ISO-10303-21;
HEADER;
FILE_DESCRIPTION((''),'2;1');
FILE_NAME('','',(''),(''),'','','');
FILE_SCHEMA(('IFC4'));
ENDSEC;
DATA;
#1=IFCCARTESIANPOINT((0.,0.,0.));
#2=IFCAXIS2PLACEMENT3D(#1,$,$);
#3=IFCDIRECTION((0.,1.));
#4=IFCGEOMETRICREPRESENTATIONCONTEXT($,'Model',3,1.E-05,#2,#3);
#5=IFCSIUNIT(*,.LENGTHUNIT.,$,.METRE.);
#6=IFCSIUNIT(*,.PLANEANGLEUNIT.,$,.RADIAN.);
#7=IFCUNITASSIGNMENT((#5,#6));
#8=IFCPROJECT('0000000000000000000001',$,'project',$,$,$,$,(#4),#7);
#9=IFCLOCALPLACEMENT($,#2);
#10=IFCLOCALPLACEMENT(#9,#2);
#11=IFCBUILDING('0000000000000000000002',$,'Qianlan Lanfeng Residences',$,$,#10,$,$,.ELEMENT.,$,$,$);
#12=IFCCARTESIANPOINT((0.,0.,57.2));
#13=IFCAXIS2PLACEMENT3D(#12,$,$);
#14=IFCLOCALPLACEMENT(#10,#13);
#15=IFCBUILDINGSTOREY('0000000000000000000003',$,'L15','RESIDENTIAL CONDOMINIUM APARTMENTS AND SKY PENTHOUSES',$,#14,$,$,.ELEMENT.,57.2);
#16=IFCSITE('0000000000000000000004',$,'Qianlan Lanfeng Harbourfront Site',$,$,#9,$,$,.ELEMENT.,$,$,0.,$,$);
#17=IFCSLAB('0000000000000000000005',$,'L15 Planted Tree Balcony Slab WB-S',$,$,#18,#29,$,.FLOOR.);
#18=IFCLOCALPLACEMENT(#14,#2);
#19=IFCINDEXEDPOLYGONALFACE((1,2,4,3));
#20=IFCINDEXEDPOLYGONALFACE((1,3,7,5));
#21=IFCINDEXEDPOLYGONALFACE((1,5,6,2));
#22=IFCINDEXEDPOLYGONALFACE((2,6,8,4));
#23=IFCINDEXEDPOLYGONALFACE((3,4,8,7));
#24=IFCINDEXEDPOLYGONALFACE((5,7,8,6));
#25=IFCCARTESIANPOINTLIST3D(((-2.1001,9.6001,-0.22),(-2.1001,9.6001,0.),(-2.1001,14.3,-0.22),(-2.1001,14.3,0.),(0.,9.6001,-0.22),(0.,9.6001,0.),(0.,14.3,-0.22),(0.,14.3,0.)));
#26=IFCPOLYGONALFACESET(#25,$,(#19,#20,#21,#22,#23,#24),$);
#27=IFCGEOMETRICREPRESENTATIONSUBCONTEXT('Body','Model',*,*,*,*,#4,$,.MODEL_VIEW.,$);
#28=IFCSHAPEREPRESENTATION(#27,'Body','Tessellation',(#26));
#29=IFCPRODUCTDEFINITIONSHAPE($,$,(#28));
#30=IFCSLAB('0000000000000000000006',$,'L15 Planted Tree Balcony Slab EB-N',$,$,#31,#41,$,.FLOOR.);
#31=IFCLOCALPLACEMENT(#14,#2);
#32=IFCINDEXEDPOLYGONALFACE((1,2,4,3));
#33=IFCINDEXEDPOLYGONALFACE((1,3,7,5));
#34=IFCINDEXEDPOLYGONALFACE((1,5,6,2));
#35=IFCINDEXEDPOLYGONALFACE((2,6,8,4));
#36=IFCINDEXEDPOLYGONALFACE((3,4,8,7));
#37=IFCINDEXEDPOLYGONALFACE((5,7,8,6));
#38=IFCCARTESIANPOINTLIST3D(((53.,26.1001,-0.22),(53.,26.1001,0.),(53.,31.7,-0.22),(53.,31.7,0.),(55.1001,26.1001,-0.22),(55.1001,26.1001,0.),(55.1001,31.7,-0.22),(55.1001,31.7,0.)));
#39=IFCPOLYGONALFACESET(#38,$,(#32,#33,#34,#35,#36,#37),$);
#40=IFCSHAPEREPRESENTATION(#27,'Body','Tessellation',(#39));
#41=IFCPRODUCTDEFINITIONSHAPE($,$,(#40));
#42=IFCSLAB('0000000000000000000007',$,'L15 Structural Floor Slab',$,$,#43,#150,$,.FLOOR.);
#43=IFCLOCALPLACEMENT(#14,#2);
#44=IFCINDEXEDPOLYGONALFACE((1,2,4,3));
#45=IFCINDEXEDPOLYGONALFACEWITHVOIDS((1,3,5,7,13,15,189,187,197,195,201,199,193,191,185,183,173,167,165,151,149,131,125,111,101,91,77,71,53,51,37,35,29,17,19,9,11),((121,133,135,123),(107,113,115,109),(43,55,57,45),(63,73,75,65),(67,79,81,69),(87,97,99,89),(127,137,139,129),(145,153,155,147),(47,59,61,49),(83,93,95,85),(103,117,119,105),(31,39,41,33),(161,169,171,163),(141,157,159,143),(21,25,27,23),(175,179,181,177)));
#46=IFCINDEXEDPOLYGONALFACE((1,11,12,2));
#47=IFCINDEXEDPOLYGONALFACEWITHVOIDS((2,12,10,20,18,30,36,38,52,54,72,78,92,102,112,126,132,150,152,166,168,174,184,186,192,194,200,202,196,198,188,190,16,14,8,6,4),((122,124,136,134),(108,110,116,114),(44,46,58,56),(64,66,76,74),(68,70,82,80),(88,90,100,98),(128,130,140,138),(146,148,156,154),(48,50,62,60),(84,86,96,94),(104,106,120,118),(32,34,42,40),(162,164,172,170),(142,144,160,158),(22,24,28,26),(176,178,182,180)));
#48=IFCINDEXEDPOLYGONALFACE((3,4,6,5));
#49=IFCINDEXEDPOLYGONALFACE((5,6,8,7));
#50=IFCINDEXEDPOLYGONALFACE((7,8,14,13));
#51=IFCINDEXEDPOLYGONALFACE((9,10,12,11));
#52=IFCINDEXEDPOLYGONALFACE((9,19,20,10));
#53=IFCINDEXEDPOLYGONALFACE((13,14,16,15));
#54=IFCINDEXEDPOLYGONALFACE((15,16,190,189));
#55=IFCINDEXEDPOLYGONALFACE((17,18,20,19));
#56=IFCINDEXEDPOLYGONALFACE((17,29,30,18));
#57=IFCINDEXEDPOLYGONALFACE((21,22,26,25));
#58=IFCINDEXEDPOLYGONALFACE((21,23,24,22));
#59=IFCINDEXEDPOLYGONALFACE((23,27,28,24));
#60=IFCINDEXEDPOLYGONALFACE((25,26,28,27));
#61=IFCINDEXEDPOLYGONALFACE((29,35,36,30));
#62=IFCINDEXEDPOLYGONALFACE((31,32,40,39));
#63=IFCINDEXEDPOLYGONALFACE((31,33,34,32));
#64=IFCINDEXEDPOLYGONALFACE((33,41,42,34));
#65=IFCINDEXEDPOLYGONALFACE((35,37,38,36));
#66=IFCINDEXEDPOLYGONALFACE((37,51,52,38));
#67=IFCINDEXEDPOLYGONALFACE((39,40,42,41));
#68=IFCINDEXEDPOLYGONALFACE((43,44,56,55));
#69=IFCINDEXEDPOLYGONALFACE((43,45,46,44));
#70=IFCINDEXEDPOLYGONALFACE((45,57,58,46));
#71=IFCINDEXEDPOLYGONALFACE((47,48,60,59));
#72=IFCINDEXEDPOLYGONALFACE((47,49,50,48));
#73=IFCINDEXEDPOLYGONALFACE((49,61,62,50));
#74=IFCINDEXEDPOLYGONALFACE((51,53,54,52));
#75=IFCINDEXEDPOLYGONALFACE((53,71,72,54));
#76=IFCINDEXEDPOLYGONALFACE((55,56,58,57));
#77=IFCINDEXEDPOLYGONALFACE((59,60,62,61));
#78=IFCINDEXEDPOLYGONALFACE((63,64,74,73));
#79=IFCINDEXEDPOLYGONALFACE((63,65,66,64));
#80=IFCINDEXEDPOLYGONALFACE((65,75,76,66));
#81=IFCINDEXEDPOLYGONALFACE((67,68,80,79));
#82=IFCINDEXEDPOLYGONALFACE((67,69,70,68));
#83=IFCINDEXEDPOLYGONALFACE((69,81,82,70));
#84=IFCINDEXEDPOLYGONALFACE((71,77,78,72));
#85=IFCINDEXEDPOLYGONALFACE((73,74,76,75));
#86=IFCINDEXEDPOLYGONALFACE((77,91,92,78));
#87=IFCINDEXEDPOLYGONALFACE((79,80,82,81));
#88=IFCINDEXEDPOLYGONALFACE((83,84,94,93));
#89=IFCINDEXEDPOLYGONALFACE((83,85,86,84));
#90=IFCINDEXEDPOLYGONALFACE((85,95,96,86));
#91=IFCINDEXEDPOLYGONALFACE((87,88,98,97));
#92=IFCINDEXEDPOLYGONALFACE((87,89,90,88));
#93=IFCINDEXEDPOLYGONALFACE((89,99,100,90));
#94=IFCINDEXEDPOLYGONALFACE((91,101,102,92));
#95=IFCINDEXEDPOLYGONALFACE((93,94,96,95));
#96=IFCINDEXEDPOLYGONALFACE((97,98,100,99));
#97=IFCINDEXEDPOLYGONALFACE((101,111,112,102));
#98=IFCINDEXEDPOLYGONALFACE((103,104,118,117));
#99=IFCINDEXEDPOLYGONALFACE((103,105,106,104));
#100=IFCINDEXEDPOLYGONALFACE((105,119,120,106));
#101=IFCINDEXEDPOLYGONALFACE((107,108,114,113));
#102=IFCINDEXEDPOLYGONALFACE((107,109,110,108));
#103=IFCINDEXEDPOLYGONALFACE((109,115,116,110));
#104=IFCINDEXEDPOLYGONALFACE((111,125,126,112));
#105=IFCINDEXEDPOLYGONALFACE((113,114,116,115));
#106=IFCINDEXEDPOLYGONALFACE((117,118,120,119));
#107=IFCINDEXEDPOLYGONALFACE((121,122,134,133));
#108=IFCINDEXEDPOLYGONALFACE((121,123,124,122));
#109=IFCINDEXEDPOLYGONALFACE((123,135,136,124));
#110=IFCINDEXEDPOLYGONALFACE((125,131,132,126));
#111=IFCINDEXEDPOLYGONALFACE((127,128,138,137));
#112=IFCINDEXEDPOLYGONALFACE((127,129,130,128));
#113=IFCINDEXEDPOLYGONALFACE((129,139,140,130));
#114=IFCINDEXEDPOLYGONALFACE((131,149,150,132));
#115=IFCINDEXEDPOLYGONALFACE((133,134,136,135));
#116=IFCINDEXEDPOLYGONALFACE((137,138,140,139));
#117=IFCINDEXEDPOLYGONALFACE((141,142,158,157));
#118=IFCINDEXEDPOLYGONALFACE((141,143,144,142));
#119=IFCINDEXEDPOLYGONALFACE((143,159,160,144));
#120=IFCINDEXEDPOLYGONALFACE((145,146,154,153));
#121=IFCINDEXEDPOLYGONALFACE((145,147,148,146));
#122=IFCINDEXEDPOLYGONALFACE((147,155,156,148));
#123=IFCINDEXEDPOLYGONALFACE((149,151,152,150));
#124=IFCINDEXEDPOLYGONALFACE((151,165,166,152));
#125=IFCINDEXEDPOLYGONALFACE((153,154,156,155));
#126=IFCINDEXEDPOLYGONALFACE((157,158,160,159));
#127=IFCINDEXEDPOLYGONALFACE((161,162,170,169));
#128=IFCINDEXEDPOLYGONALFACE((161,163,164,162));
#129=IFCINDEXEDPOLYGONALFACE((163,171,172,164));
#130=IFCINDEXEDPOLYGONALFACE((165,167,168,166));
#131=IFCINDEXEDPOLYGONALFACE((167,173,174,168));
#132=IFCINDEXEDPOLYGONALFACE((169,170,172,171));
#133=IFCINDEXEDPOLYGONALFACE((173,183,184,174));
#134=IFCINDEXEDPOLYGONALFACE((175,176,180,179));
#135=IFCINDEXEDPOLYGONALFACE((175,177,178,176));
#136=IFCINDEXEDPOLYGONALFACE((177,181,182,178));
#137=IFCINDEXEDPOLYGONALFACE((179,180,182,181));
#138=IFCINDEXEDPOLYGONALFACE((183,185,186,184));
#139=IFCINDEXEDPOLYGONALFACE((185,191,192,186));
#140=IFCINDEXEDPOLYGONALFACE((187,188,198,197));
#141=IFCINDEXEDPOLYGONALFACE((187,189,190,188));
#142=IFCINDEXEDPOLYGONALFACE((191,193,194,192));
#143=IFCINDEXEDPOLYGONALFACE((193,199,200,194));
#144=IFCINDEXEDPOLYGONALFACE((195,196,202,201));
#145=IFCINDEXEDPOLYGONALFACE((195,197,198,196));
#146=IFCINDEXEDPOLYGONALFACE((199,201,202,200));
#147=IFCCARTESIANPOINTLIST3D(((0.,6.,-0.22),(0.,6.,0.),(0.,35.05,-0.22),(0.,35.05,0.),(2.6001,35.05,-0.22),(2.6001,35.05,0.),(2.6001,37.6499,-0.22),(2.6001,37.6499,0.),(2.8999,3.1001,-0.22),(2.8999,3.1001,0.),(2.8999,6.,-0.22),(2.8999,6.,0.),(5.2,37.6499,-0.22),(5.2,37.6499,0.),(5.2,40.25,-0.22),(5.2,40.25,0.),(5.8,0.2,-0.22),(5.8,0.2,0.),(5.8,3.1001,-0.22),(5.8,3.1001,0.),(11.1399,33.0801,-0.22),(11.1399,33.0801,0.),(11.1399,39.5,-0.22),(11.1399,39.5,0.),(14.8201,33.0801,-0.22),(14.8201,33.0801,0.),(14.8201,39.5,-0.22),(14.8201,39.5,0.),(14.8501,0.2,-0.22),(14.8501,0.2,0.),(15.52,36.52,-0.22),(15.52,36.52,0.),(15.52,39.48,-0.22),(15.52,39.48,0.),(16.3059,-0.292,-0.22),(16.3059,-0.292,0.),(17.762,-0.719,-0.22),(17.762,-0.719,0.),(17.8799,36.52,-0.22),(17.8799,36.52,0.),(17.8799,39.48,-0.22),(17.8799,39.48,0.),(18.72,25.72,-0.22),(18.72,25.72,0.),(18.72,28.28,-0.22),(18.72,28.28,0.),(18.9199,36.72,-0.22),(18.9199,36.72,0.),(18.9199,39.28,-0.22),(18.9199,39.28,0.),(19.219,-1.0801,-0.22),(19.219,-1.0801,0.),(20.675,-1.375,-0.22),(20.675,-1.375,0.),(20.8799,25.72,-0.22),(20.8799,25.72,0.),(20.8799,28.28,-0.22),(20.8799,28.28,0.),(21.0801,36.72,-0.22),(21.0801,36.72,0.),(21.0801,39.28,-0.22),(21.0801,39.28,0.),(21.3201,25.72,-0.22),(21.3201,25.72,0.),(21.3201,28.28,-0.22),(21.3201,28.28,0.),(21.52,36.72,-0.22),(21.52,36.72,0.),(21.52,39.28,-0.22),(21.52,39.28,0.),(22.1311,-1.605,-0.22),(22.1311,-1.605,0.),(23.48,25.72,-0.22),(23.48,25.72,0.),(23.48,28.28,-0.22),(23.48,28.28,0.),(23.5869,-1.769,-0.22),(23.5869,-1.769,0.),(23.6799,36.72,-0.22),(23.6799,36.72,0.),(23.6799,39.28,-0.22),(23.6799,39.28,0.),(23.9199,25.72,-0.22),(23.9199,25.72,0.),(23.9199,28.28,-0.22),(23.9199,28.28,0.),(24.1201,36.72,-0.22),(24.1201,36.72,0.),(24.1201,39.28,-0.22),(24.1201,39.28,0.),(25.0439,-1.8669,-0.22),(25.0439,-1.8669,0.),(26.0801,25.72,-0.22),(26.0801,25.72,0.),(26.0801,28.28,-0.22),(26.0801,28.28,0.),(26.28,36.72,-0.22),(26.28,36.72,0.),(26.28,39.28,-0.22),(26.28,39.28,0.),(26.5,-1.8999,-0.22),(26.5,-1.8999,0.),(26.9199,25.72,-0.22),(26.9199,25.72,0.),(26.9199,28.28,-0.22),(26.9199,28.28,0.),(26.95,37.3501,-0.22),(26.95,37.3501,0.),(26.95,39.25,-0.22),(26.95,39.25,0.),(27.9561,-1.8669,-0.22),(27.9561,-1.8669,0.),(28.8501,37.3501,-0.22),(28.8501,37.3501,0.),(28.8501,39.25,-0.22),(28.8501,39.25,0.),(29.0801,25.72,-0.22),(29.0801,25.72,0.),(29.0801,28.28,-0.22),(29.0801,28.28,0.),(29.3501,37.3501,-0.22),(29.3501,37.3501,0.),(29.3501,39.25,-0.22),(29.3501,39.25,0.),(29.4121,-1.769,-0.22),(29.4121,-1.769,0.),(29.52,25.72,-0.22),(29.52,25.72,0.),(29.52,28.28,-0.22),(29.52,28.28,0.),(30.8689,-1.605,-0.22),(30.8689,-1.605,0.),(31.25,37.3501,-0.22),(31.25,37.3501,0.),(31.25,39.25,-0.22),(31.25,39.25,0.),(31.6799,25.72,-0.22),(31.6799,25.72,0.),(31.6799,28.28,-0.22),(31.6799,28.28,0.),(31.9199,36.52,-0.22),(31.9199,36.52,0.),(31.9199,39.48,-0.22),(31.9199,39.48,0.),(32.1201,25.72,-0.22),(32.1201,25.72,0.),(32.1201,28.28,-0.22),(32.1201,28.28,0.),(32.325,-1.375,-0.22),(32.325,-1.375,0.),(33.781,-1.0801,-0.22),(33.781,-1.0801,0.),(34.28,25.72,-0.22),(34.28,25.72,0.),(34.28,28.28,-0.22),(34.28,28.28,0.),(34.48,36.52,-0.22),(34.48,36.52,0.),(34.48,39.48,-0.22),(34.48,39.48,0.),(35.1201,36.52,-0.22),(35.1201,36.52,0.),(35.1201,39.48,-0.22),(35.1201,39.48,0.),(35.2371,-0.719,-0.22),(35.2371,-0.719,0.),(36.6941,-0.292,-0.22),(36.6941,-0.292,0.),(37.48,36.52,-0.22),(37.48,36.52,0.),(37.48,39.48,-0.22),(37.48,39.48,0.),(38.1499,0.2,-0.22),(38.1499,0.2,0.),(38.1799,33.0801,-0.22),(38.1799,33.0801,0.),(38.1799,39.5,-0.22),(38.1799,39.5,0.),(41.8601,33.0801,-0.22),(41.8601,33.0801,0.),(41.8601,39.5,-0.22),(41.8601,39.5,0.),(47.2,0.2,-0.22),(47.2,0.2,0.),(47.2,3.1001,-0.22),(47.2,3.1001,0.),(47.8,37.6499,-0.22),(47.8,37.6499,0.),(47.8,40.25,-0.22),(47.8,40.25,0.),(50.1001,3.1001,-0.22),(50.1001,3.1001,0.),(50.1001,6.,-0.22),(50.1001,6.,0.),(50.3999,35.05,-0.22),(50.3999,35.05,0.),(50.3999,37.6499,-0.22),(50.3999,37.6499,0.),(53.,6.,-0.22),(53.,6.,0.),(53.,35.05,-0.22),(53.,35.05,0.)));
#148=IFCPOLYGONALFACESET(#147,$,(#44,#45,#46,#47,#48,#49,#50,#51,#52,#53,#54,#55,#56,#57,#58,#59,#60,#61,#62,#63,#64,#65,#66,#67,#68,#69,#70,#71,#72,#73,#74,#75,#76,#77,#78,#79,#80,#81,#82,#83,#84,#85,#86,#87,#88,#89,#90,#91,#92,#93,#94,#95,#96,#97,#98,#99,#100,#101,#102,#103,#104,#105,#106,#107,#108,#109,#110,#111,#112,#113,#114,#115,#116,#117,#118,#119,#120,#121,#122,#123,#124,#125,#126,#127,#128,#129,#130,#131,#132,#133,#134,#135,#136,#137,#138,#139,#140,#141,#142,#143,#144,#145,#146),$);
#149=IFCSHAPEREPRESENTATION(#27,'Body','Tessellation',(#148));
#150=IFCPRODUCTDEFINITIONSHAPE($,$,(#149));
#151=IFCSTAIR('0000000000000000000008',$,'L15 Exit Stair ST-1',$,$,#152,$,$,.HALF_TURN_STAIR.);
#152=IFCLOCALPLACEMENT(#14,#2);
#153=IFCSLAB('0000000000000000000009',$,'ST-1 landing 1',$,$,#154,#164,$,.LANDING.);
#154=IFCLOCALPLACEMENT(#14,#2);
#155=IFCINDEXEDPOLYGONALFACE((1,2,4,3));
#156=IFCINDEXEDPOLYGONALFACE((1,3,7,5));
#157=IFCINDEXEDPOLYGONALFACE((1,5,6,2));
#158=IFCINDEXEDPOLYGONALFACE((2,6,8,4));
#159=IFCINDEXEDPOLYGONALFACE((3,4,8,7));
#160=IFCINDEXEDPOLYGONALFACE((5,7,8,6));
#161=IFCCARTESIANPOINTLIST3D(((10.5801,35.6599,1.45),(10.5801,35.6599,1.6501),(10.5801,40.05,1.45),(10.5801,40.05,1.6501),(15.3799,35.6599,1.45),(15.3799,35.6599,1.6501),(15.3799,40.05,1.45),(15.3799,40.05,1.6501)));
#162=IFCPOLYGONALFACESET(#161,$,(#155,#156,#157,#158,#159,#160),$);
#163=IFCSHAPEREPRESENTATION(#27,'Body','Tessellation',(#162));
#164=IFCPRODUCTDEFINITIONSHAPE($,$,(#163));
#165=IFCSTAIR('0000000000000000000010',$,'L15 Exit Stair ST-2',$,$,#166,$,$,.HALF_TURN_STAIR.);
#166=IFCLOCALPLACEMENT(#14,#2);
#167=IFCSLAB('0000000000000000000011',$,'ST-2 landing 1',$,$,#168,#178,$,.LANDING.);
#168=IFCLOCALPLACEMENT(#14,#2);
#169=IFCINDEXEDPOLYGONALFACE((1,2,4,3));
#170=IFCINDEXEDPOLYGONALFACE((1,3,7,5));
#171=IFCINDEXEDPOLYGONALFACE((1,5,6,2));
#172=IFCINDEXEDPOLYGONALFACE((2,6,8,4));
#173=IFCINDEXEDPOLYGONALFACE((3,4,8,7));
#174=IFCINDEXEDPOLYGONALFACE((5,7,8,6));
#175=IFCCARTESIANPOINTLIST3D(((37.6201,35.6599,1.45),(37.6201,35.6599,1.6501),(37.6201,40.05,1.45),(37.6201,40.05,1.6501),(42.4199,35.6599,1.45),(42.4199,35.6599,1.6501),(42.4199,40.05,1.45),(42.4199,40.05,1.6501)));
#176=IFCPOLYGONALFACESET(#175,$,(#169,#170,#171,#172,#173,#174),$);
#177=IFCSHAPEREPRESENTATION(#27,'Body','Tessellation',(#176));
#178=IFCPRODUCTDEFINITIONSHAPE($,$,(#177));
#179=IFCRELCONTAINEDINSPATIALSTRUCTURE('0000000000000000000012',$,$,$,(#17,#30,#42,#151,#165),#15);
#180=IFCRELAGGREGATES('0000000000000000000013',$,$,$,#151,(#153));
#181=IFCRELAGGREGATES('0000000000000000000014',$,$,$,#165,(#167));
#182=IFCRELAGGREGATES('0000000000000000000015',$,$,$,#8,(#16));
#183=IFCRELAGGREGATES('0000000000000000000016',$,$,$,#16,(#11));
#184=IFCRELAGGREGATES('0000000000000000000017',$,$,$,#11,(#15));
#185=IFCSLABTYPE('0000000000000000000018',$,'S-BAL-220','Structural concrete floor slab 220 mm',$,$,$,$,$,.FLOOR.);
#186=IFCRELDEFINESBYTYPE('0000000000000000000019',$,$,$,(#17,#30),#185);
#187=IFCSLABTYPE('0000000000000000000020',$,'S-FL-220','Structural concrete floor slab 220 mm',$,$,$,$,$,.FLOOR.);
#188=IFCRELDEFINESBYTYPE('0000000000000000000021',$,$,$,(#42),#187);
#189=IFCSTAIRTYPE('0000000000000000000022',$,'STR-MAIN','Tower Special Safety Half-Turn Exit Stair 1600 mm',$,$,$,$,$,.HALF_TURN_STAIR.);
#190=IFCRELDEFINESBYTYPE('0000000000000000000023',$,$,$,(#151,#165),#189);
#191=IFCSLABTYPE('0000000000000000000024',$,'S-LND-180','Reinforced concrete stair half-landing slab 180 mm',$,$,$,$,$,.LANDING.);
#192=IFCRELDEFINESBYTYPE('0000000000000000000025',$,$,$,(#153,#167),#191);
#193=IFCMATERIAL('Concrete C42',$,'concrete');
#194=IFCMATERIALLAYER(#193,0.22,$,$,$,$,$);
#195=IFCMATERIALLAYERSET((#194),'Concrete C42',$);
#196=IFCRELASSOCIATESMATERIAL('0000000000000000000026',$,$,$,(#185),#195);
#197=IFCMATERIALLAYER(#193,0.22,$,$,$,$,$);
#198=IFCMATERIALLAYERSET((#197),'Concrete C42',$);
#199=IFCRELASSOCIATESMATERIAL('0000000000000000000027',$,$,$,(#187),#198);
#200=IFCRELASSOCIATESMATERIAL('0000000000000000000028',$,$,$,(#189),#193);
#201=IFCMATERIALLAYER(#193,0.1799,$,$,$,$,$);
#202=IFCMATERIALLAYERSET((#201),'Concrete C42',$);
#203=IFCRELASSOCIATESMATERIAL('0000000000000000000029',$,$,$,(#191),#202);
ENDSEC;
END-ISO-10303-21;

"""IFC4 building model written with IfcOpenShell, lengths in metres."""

from ifc_helpers import new_model, si_unit, direction, frame, origin, place, context, subcontext, project, spatial, polyline, outline, extrude, material, layer, layer_set, type_object, element, aggregate, save


model = new_model("IFC4")

# Units and contexts
model_context = context("Model", 3, precision=1e-05, world=origin(), true_north=direction((0.0, 1.0)))
body_context = subcontext(model_context, "Body", "Model", "MODEL_VIEW")
ifc_project = project(units=[si_unit("LENGTHUNIT", "METRE"), si_unit("PLANEANGLEUNIT", "RADIAN")], contexts=[model_context])

# Site, building, storey
site_placement = place(None, origin())
site = spatial("IfcSite", under=ifc_project, at=site_placement, Name="Qianlan Lanfeng Harbourfront Site", CompositionType="ELEMENT", RefElevation=0.0)
building_placement = place(site_placement, origin())
building = spatial("IfcBuilding", under=site, at=building_placement, Name="Qianlan Lanfeng Residences", CompositionType="ELEMENT")
storey_placement = place(building_placement, frame((0.0, 0.0, 57.2)))
storey = spatial("IfcBuildingStorey", under=building, at=storey_placement, Name="L15", Description="RESIDENTIAL CONDOMINIUM APARTMENTS AND SKY PENTHOUSES", CompositionType="ELEMENT", Elevation=57.2)

# Slabs
ifc_material_1 = material(Name="Concrete C42", Category="concrete")
ifc_layer_1 = layer(ifc_material_1, 0.22)
ifc_layer_set_1 = layer_set([ifc_layer_1], Name="Concrete C42")
slab_type_1 = type_object("IfcSlabType", Name="S-BAL-220", Description="Structural concrete floor slab 220 mm", PredefinedType="FLOOR", material=ifc_layer_set_1)
slab_1_placement = place(storey_placement, frame((0.0, 0.0, -0.22)))
element("IfcSlab", 1, at=slab_1_placement, inside=storey, type_object=slab_type_1, Name="L15 Planted Tree Balcony Slab WB-S", PredefinedType="FLOOR", context=body_context, shape_type="SweptSolid", body=[
    extrude(outline(polyline([(0.0, 9.6001), (0.0, 14.3), (-2.1001, 14.3), (-2.1001, 9.6001), (0.0, 9.6001)])), origin(), (0.0, 0.0, 1.0), 0.22),
])
slab_2_placement = place(storey_placement, frame((0.0, 0.0, -0.22)))
element("IfcSlab", 2, at=slab_2_placement, inside=storey, type_object=slab_type_1, Name="L15 Planted Tree Balcony Slab EB-N", PredefinedType="FLOOR", context=body_context, shape_type="SweptSolid", body=[
    extrude(outline(polyline([(53.0, 31.7), (53.0, 26.1001), (55.1001, 26.1001), (55.1001, 31.7), (53.0, 31.7)])), origin(), (0.0, 0.0, 1.0), 0.22),
])
ifc_layer_2 = layer(ifc_material_1, 0.22)
ifc_layer_set_2 = layer_set([ifc_layer_2], Name="Concrete C42")
slab_type_2 = type_object("IfcSlabType", Name="S-FL-220", Description="Structural concrete floor slab 220 mm", PredefinedType="FLOOR", material=ifc_layer_set_2)
slab_3_placement = place(storey_placement, frame((0.0, 0.0, -0.22)))
element("IfcSlab", 3, at=slab_3_placement, inside=storey, type_object=slab_type_2, Name="L15 Structural Floor Slab", PredefinedType="FLOOR", context=body_context, shape_type="SweptSolid", body=[
    extrude(outline(polyline([(0.0, 6.0), (2.8999, 6.0), (2.8999, 3.1001), (5.8, 3.1001), (5.8, 0.2), (14.8501, 0.2), (16.3059, -0.292), (17.762, -0.719), (19.219, -1.0801), (20.675, -1.375), (22.1311, -1.605), (23.5869, -1.769), (25.0439, -1.8669), (26.5, -1.8999), (27.9561, -1.8669), (29.4121, -1.769), (30.8689, -1.605), (32.325, -1.375), (33.781, -1.0801), (35.2371, -0.719), (36.6941, -0.292), (38.1499, 0.2), (47.2, 0.2), (47.2, 3.1001), (50.1001, 3.1001), (50.1001, 6.0), (53.0, 6.0), (53.0, 35.05), (50.3999, 35.05), (50.3999, 37.6499), (47.8, 37.6499), (47.8, 40.25), (5.2, 40.25), (5.2, 37.6499), (2.6001, 37.6499), (2.6001, 35.05), (0.0, 35.05), (0.0, 6.0)]), holes=[polyline([(11.1399, 33.0801), (11.1399, 39.5), (14.8201, 39.5), (14.8201, 33.0801), (11.1399, 33.0801)]), polyline([(38.1799, 33.0801), (38.1799, 39.5), (41.8601, 39.5), (41.8601, 33.0801), (38.1799, 33.0801)]), polyline([(15.52, 36.52), (15.52, 39.48), (17.8799, 39.48), (17.8799, 36.52), (15.52, 36.52)]), polyline([(35.1201, 36.52), (35.1201, 39.48), (37.48, 39.48), (37.48, 36.52), (35.1201, 36.52)]), polyline([(31.9199, 36.52), (31.9199, 39.48), (34.48, 39.48), (34.48, 36.52), (31.9199, 36.52)]), polyline([(18.72, 25.72), (18.72, 28.28), (20.8799, 28.28), (20.8799, 25.72), (18.72, 25.72)]), polyline([(21.3201, 25.72), (21.3201, 28.28), (23.48, 28.28), (23.48, 25.72), (21.3201, 25.72)]), polyline([(23.9199, 25.72), (23.9199, 28.28), (26.0801, 28.28), (26.0801, 25.72), (23.9199, 25.72)]), polyline([(26.9199, 25.72), (26.9199, 28.28), (29.0801, 28.28), (29.0801, 25.72), (26.9199, 25.72)]), polyline([(29.52, 25.72), (29.52, 28.28), (31.6799, 28.28), (31.6799, 25.72), (29.52, 25.72)]), polyline([(32.1201, 25.72), (32.1201, 28.28), (34.28, 28.28), (34.28, 25.72), (32.1201, 25.72)]), polyline([(18.9199, 36.72), (18.9199, 39.28), (21.0801, 39.28), (21.0801, 36.72), (18.9199, 36.72)]), polyline([(21.52, 36.72), (21.52, 39.28), (23.6799, 39.28), (23.6799, 36.72), (21.52, 36.72)]), polyline([(24.1201, 36.72), (24.1201, 39.28), (26.28, 39.28), (26.28, 36.72), (24.1201, 36.72)]), polyline([(26.95, 37.3501), (26.95, 39.25), (28.8501, 39.25), (28.8501, 37.3501), (26.95, 37.3501)]), polyline([(29.3501, 37.3501), (29.3501, 39.25), (31.25, 39.25), (31.25, 37.3501), (29.3501, 37.3501)])]), origin(), (0.0, 0.0, 1.0), 0.22),
])

# Stairs, slabs
stair_type = type_object("IfcStairType", Name="STR-MAIN", Description="Tower Special Safety Half-Turn Exit Stair 1600 mm", PredefinedType="HALF_TURN_STAIR", material=ifc_material_1)
stair_1_placement = place(storey_placement, origin())
stair_1 = element("IfcStair", 4, at=stair_1_placement, inside=storey, type_object=stair_type, Name="L15 Exit Stair ST-1", PredefinedType="HALF_TURN_STAIR")
ifc_layer_3 = layer(ifc_material_1, 0.1799)
ifc_layer_set_3 = layer_set([ifc_layer_3], Name="Concrete C42")
slab_type_3 = type_object("IfcSlabType", Name="S-LND-180", Description="Reinforced concrete stair half-landing slab 180 mm", PredefinedType="LANDING", material=ifc_layer_set_3)
slab_4_placement = place(storey_placement, frame((0.0, 0.0, 1.45)))
slab_4 = element("IfcSlab", 5, at=slab_4_placement, type_object=slab_type_3, Name="ST-1 landing 1", PredefinedType="LANDING", context=body_context, shape_type="SweptSolid", body=[
    extrude(outline(polyline([(10.5801, 35.6599), (15.3799, 35.6599), (15.3799, 40.05), (10.5801, 40.05), (10.5801, 35.6599)])), origin(), (0.0, 0.0, 1.0), 0.2002),
])
aggregate(stair_1, [slab_4])
stair_2_placement = place(storey_placement, origin())
stair_2 = element("IfcStair", 6, at=stair_2_placement, inside=storey, type_object=stair_type, Name="L15 Exit Stair ST-2", PredefinedType="HALF_TURN_STAIR")
slab_5_placement = place(storey_placement, frame((0.0, 0.0, 1.45)))
slab_5 = element("IfcSlab", 7, at=slab_5_placement, type_object=slab_type_3, Name="ST-2 landing 1", PredefinedType="LANDING", context=body_context, shape_type="SweptSolid", body=[
    extrude(outline(polyline([(37.6201, 35.6599), (42.4199, 35.6599), (42.4199, 40.05), (37.6201, 40.05), (37.6201, 35.6599)])), origin(), (0.0, 0.0, 1.0), 0.2002),
])
aggregate(stair_2, [slab_5])

save(model, "model.ifc")
